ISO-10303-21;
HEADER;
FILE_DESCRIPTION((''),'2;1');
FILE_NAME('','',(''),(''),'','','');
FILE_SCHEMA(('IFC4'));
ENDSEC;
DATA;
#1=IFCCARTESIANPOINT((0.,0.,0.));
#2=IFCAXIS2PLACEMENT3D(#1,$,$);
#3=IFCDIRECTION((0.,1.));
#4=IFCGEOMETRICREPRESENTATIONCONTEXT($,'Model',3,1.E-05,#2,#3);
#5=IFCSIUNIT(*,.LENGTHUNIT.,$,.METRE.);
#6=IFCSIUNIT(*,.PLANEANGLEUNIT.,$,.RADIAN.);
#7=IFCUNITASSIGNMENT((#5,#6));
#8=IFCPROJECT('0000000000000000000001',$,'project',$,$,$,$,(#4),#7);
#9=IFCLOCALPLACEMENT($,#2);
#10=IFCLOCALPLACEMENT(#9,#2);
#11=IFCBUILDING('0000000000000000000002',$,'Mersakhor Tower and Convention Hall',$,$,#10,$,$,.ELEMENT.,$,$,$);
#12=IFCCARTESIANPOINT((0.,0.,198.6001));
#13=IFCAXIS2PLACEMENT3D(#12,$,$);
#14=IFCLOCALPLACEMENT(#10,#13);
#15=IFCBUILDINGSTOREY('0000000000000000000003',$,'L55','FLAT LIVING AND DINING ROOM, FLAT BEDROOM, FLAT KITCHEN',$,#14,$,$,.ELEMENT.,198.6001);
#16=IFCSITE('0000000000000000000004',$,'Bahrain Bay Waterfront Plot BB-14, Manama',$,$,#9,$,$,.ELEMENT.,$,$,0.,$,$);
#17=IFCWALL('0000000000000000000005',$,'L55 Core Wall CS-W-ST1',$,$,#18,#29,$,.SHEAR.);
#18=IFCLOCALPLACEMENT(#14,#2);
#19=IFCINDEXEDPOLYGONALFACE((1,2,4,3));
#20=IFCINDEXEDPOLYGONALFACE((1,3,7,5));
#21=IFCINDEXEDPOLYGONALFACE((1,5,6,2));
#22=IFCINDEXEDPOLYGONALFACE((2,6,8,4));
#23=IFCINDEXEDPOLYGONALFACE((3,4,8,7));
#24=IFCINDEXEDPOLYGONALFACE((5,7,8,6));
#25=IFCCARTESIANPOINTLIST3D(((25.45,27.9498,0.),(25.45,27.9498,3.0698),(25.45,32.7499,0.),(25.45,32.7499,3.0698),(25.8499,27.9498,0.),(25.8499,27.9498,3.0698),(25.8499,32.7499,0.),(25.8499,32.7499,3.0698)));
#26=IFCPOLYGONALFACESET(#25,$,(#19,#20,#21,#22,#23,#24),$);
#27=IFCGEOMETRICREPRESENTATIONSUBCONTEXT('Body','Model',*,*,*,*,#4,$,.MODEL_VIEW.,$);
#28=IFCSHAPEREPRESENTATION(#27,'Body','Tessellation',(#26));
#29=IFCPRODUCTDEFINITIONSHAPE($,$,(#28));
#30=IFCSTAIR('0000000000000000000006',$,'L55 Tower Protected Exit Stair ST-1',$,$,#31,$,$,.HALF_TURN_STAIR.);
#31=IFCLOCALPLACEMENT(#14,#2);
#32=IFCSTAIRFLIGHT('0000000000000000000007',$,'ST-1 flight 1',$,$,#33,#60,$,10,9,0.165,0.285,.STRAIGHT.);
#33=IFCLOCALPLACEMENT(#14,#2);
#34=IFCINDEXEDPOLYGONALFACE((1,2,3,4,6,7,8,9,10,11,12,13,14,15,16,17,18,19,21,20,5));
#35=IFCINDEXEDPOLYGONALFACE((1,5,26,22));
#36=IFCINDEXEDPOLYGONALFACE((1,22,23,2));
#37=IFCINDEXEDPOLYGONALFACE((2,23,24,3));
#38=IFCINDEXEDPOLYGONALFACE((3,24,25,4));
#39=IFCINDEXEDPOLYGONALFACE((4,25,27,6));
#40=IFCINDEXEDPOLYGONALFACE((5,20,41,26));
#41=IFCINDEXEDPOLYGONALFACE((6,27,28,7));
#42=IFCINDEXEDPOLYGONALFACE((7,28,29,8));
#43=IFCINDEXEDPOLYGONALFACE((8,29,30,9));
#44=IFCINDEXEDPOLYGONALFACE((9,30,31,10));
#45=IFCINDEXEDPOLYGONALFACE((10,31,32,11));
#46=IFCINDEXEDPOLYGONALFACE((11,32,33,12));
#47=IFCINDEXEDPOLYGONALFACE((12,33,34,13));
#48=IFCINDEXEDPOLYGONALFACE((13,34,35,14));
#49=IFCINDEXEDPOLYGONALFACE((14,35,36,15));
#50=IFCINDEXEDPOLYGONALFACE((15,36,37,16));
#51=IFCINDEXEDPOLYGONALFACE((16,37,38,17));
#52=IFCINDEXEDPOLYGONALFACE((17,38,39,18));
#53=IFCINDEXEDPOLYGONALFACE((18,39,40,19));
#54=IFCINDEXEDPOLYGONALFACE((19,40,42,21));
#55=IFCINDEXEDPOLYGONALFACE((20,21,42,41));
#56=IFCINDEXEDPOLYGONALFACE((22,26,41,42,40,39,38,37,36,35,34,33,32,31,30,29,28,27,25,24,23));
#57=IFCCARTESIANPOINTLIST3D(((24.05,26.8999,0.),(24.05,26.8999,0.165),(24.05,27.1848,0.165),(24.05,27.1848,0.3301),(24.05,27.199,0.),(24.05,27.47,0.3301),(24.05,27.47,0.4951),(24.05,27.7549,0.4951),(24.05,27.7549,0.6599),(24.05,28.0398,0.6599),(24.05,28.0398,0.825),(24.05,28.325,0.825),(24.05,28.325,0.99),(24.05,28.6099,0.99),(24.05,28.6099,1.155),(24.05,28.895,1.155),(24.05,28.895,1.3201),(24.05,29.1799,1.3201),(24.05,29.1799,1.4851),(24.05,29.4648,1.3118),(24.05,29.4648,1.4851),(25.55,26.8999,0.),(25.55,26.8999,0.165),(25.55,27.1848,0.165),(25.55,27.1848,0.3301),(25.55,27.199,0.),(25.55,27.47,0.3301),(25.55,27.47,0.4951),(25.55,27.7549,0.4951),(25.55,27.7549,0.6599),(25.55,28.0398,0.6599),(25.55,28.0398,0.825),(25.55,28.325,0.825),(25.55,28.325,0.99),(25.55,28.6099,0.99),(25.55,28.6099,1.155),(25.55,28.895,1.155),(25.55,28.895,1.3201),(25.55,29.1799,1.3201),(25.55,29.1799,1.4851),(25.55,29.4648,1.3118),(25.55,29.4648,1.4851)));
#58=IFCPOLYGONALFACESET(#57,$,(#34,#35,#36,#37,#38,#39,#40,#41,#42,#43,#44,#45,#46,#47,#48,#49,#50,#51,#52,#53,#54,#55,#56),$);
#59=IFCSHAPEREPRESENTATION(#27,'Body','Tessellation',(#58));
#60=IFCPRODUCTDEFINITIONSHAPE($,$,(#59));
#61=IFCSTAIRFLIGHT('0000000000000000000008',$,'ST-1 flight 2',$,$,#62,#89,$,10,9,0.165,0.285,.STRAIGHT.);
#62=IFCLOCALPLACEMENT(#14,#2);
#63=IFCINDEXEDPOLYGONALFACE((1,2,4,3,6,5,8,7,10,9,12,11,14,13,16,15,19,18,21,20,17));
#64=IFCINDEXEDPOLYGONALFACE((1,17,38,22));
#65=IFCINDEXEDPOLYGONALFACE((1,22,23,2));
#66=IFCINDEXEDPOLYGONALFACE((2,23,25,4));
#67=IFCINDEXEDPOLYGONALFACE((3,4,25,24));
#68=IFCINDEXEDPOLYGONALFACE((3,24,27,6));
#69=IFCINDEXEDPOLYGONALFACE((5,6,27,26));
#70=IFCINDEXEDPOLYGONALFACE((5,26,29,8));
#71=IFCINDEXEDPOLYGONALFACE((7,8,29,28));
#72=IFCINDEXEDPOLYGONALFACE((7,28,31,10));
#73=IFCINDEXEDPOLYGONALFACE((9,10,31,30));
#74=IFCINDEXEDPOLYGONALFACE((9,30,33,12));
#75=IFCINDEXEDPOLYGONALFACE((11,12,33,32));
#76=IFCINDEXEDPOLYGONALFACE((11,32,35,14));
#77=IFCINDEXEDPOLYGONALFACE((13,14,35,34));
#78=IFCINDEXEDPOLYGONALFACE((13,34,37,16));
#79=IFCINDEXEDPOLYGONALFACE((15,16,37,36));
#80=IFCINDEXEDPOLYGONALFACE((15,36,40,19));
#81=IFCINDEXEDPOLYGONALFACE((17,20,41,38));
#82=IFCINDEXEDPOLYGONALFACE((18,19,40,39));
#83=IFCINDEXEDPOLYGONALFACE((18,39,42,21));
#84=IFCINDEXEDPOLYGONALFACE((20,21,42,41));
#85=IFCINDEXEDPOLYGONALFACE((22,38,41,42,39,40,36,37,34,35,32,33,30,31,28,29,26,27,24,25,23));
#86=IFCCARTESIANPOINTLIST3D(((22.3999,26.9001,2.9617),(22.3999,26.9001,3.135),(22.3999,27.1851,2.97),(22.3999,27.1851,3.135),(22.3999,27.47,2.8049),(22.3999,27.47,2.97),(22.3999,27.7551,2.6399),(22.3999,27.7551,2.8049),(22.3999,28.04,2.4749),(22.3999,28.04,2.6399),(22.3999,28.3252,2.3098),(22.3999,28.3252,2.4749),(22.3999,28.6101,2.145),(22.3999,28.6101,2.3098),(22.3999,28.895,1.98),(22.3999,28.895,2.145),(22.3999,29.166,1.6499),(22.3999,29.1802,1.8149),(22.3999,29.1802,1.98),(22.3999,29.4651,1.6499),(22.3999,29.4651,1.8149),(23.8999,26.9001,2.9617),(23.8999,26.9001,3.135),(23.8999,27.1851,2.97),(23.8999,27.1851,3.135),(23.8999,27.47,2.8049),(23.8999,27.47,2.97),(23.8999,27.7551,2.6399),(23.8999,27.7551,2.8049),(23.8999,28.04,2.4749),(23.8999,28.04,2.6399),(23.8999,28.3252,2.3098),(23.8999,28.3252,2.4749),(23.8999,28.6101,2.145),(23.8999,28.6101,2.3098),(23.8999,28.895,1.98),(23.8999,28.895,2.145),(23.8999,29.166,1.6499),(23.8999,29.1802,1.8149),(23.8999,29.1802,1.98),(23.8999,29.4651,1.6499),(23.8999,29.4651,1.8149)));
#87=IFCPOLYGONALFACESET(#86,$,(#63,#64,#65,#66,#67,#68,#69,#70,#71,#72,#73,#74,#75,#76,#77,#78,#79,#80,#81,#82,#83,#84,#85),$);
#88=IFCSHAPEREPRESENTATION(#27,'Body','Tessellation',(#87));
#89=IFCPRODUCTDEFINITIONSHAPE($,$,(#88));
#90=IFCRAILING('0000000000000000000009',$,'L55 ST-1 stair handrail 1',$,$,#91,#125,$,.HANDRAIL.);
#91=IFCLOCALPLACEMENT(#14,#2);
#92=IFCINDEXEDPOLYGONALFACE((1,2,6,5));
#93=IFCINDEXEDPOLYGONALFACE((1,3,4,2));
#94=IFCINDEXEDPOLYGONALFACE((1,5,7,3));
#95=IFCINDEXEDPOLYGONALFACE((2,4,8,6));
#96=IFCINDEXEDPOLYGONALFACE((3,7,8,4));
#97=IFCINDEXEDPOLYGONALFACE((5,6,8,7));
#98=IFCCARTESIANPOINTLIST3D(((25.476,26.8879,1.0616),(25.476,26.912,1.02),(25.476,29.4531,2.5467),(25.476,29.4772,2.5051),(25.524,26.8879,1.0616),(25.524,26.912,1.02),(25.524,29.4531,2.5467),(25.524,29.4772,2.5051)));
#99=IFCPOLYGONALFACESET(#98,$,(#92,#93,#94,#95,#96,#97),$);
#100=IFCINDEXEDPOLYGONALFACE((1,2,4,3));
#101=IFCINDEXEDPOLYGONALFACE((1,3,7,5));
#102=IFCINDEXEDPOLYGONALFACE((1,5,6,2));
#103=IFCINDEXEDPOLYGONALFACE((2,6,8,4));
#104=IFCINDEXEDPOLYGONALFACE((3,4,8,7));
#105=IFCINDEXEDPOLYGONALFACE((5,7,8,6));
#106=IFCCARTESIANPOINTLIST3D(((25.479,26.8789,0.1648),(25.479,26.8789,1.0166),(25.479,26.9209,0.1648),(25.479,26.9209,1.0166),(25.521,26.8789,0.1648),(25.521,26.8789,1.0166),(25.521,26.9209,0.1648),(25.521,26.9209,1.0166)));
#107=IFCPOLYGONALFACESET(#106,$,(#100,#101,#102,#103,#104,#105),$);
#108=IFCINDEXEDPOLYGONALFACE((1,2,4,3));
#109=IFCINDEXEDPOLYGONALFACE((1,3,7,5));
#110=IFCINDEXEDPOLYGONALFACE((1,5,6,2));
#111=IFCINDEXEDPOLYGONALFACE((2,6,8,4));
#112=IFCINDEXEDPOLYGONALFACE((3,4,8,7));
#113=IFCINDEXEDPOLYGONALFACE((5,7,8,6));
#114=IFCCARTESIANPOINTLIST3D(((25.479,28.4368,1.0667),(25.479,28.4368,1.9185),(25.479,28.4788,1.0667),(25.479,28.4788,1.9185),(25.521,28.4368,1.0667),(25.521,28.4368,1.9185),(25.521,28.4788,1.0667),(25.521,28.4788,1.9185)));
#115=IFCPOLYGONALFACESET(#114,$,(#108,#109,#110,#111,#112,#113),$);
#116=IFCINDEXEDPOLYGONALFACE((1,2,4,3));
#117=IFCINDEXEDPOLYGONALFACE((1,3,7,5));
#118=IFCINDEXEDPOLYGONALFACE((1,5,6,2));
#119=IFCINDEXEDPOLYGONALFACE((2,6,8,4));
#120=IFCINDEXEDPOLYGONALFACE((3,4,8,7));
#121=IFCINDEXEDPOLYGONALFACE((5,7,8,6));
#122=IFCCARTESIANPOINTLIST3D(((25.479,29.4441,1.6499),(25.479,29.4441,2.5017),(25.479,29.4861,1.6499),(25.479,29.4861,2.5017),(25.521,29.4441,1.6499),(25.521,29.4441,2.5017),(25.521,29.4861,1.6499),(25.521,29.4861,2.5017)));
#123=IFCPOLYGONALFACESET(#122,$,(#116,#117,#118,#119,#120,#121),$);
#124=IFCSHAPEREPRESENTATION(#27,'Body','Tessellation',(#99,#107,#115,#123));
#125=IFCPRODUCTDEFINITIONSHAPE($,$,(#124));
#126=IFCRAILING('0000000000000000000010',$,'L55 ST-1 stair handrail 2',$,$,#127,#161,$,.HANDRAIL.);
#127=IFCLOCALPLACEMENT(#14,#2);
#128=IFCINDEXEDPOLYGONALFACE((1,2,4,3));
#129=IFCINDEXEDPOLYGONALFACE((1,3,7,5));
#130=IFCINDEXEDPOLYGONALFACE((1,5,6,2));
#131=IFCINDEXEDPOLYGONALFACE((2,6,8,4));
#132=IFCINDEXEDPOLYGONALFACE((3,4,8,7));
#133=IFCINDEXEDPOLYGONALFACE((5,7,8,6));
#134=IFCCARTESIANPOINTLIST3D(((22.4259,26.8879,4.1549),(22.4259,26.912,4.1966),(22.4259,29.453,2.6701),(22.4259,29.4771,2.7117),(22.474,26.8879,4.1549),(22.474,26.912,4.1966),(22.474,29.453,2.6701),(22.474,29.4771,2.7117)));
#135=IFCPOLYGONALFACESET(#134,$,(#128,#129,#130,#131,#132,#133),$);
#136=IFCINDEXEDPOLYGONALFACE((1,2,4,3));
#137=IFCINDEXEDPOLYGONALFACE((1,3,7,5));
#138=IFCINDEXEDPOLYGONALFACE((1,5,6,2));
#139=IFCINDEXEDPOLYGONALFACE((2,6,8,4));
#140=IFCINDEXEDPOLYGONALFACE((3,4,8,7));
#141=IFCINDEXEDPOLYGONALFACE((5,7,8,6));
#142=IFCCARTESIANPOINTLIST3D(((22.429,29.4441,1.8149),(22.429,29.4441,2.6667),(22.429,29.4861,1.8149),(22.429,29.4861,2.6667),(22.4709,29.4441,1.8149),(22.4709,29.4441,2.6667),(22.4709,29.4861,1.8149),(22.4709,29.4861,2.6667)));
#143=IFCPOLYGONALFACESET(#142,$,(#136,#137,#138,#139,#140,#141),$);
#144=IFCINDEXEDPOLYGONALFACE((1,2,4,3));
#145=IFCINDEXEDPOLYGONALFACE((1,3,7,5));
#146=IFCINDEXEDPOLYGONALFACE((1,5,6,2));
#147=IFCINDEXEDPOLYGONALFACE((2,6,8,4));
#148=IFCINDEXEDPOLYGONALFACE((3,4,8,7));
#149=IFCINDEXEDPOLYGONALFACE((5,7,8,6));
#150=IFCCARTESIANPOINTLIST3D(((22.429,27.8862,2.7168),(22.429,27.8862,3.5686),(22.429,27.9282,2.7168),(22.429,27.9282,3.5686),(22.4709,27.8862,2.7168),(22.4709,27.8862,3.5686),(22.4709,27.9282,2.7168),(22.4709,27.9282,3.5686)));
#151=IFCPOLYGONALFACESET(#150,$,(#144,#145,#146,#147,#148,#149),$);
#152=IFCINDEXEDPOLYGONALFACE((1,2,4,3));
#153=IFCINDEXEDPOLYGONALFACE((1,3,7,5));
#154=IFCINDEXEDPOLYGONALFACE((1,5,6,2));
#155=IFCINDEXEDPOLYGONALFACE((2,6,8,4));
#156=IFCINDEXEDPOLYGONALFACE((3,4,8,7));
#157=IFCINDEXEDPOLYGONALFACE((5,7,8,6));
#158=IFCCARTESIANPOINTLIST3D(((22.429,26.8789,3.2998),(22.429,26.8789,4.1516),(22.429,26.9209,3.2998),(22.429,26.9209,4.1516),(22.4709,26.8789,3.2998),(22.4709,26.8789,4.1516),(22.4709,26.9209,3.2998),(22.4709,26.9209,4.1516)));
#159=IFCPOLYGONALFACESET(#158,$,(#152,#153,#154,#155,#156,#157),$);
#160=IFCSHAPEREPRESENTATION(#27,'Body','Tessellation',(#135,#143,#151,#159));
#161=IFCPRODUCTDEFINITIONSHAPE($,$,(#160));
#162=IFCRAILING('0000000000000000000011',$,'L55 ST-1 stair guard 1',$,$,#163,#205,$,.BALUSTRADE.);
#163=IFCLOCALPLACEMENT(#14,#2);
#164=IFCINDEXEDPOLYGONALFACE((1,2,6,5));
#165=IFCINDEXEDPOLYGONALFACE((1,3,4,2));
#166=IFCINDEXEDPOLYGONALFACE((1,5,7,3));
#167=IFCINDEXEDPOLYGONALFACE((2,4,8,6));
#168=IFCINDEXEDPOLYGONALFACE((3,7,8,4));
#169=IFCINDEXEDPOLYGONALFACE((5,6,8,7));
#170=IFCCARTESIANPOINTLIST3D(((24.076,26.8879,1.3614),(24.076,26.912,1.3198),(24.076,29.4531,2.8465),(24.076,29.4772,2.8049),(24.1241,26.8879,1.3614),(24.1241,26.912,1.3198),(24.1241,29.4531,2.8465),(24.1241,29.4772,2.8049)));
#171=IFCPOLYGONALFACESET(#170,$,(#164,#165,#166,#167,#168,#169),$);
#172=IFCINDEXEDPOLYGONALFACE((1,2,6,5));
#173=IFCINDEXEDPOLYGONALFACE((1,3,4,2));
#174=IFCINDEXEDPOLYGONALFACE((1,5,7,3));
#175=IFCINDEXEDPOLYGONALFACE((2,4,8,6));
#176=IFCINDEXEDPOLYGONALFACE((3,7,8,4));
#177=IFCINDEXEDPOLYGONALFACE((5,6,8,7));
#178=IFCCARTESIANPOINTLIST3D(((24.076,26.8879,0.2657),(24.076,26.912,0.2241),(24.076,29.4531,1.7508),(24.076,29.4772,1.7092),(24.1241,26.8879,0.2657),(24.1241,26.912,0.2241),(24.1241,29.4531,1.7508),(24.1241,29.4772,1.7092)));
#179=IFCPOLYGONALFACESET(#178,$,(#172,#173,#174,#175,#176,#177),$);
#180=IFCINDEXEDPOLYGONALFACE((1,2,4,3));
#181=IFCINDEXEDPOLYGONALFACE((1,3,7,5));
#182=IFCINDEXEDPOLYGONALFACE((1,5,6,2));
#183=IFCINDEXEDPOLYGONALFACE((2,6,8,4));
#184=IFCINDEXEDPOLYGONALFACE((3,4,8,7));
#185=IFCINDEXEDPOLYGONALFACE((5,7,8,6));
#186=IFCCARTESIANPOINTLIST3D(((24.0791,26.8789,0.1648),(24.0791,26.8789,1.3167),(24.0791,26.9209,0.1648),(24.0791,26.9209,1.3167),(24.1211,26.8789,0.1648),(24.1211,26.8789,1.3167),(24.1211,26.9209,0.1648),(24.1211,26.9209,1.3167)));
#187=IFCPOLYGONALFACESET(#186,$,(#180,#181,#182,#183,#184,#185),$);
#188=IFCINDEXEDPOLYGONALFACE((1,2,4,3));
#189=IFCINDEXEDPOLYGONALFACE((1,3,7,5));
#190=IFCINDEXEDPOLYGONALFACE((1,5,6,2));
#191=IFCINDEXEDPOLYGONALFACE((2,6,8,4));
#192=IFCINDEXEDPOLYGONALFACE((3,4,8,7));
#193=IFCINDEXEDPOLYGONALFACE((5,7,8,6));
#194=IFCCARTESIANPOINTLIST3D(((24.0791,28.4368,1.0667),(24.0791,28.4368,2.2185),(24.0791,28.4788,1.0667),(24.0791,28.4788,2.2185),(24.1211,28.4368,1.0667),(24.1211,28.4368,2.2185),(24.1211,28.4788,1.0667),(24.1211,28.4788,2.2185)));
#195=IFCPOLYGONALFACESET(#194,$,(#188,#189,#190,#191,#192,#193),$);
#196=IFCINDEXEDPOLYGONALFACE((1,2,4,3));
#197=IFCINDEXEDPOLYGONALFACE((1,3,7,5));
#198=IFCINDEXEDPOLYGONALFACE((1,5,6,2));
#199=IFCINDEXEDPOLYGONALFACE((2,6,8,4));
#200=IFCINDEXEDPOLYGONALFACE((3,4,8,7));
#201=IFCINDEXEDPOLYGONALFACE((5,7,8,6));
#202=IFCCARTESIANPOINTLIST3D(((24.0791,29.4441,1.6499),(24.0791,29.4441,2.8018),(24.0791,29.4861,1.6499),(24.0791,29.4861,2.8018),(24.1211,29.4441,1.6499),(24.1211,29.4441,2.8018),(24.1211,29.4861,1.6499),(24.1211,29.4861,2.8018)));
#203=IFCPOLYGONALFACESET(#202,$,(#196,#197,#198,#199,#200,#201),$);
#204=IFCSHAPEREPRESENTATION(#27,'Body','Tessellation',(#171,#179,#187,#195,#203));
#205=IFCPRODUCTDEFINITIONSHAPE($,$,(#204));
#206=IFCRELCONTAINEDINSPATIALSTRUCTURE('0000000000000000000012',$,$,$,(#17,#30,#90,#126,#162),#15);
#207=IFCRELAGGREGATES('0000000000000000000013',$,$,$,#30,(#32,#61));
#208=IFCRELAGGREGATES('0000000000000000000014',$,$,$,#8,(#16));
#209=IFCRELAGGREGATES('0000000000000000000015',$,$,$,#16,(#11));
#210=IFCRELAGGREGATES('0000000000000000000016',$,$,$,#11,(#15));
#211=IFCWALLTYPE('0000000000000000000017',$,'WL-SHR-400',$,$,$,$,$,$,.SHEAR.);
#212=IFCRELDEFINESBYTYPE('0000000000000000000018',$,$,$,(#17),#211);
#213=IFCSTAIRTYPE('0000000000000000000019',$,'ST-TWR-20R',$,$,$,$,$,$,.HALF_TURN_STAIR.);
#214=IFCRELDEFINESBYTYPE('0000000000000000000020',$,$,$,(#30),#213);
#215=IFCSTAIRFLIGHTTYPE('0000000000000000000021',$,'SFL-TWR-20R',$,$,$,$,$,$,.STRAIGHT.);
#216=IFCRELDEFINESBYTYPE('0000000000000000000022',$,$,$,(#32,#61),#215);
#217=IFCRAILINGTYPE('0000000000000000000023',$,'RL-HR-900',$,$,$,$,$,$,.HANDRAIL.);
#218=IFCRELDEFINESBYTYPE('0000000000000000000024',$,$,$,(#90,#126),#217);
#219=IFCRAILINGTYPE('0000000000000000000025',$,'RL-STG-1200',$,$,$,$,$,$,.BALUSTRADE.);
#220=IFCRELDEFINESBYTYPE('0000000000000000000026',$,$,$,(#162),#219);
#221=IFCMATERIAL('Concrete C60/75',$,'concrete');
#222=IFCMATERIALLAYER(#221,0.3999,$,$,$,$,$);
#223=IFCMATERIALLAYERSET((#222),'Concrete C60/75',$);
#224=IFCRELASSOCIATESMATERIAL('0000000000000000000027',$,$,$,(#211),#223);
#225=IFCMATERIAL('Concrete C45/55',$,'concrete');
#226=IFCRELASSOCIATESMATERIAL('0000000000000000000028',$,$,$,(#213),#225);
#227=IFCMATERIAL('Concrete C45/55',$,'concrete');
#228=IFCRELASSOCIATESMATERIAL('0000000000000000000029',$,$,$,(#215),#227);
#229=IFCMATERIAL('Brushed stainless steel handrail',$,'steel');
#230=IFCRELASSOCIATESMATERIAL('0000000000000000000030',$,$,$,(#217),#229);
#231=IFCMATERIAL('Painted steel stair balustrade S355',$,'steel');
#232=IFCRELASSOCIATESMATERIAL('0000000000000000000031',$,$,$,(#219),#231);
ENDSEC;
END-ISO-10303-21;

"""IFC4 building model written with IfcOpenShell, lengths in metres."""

from ifc_helpers import new_model, si_unit, direction, frame, frame_2d, origin, origin_2d, place, context, subcontext, project, spatial, polyline, rectangle, outline, extrude, material, layer, layer_set, type_object, element, aggregate, save


model = new_model("IFC4")

# Units and contexts
model_context = context("Model", 3, precision=1e-05, world=origin(), true_north=direction((0.0, 1.0)))
body_context = subcontext(model_context, "Body", "Model", "MODEL_VIEW")
ifc_project = project(units=[si_unit("LENGTHUNIT", "METRE"), si_unit("PLANEANGLEUNIT", "RADIAN")], contexts=[model_context])

# Site, building, storey
site_placement = place(None, origin())
site = spatial("IfcSite", under=ifc_project, at=site_placement, Name="Bahrain Bay Waterfront Plot BB-14, Manama", CompositionType="ELEMENT", RefElevation=0.0)
building_placement = place(site_placement, origin())
building = spatial("IfcBuilding", under=site, at=building_placement, Name="Mersakhor Tower and Convention Hall", CompositionType="ELEMENT")
storey_placement = place(building_placement, frame((0.0, 0.0, 198.6001)))
storey = spatial("IfcBuildingStorey", under=building, at=storey_placement, Name="L55", Description="FLAT LIVING AND DINING ROOM, FLAT BEDROOM, FLAT KITCHEN", CompositionType="ELEMENT", Elevation=198.6001)

# Shared definitions
ifc_material_1 = material(Name="Concrete C60/75", Category="concrete")
ifc_layer_1 = layer(ifc_material_1, 0.3999)
ifc_layer_set_1 = layer_set([ifc_layer_1], Name="Concrete C60/75")
wall_type_1 = type_object("IfcWallType", Name="WL-SHR-400", PredefinedType="SHEAR", material=ifc_layer_set_1)

# Wall
wall_1_placement = place(storey_placement, frame((25.6499, 27.95, 0.0), z_axis=(0.0, 0.0, 1.0), x_axis=(0.0, 1.0, 0.0)))
element("IfcWall", 1, at=wall_1_placement, inside=storey, type_object=wall_type_1, Name="L55 Core Wall CS-W-ST1", PredefinedType="SHEAR", context=body_context, shape_type="SweptSolid", body=[
    extrude(rectangle(XDim=4.8, YDim=0.3999, at=frame_2d((2.3999, 0.0))), origin(), (0.0, 0.0, 1.0), 3.0698),
])

# Stair, stair flights
ifc_material_2 = material(Name="Concrete C45/55", Category="concrete")
stair_type = type_object("IfcStairType", Name="ST-TWR-20R", PredefinedType="HALF_TURN_STAIR", material=ifc_material_2)
stair_placement = place(storey_placement, origin())
stair = element("IfcStair", 2, at=stair_placement, inside=storey, type_object=stair_type, Name="L55 Tower Protected Exit Stair ST-1", PredefinedType="HALF_TURN_STAIR")
ifc_material_3 = material(Name="Concrete C45/55", Category="concrete")
stair_flight_type = type_object("IfcStairFlightType", Name="SFL-TWR-20R", PredefinedType="STRAIGHT", material=ifc_material_3)
stair_flight_1_placement = place(storey_placement, frame((24.8, 26.8999, 0.0), z_axis=(0.0, 0.0, 1.0), x_axis=(0.0, 1.0, 0.0)))
stair_flight_1 = element("IfcStairFlight", 3, at=stair_flight_1_placement, type_object=stair_flight_type, Name="ST-1 flight 1", NumberOfRisers=10, NumberOfTreads=9, PredefinedType="STRAIGHT", RiserHeight=0.165, TreadLength=0.285, context=body_context, shape_type="SweptSolid", body=[
    extrude(outline(polyline([(0.0, 0.0), (0.0, 0.165), (0.2849, 0.165), (0.2849, 0.3301), (0.5701, 0.3301), (0.5701, 0.4951), (0.855, 0.4951), (0.855, 0.6599), (1.1399, 0.6599), (1.1399, 0.825), (1.425, 0.825), (1.425, 0.99), (1.71, 0.99), (1.71, 1.155), (1.9951, 1.155), (1.9951, 1.3201), (2.28, 1.3201), (2.28, 1.4851), (2.5649, 1.4851), (2.5649, 1.6499), (2.5649, 1.3118), (0.2991, 0.0), (0.0, 0.0)])), frame((0.0, 0.75, 0.0), z_axis=(0.0, -1.0, 0.0), x_axis=(1.0, 0.0, 0.0)), (0.0, 0.0, 1.0), 1.5),
])
stair_flight_2_placement = place(storey_placement, frame((23.1499, 29.4651, 1.6499), z_axis=(0.0, 0.0, 1.0), x_axis=(0.0, -1.0, 0.0)))
stair_flight_2 = element("IfcStairFlight", 4, at=stair_flight_2_placement, type_object=stair_flight_type, Name="ST-1 flight 2", NumberOfRisers=10, NumberOfTreads=9, PredefinedType="STRAIGHT", RiserHeight=0.165, TreadLength=0.285, context=body_context, shape_type="SweptSolid", body=[
    extrude(outline(polyline([(0.0, 0.0), (0.0, 0.165), (0.2849, 0.165), (0.2849, 0.3301), (0.5701, 0.3301), (0.5701, 0.4951), (0.855, 0.4951), (0.855, 0.6599), (1.1399, 0.6599), (1.1399, 0.825), (1.425, 0.825), (1.425, 0.99), (1.71, 0.99), (1.71, 1.155), (1.9951, 1.155), (1.9951, 1.3201), (2.28, 1.3201), (2.28, 1.4851), (2.5649, 1.4851), (2.5649, 1.6499), (2.5649, 1.3118), (0.2991, 0.0), (0.0, 0.0)])), frame((0.0, 0.75, 0.0), z_axis=(0.0, -1.0, 0.0), x_axis=(1.0, 0.0, 0.0)), (0.0, 0.0, 1.0), 1.5),
])
aggregate(stair, [stair_flight_1, stair_flight_2])

# Railings
ifc_material_4 = material(Name="Brushed stainless steel handrail", Category="steel")
railing_type_1 = type_object("IfcRailingType", Name="RL-HR-900", PredefinedType="HANDRAIL", material=ifc_material_4)
railing_1_placement = place(storey_placement, frame((25.5, 26.8999, 0.1648)))
element("IfcRailing", 5, at=railing_1_placement, inside=storey, type_object=railing_type_1, Name="L55 ST-1 stair handrail 1", PredefinedType="HANDRAIL", context=body_context, shape_type="SweptSolid", body=[
    extrude(rectangle(XDim=0.0481, YDim=0.0481, at=origin_2d()), frame((0.0, 0.0, 0.876), z_axis=(0.0, 0.865426, 0.501036), x_axis=(-1.0, 0.0, 0.0)), (0.0, 0.0, 1.0), 2.9641),
    extrude(rectangle(XDim=0.042, YDim=0.042, at=origin_2d()), origin(), (0.0, 0.0, 1.0), 0.8518),
    extrude(rectangle(XDim=0.042, YDim=0.042, at=origin_2d()), frame((0.0, 1.5579, 0.9019)), (0.0, 0.0, 1.0), 0.8518),
    extrude(rectangle(XDim=0.042, YDim=0.042, at=origin_2d()), frame((0.0, 2.5652, 1.4851)), (0.0, 0.0, 1.0), 0.8518),
])
railing_2_placement = place(storey_placement, frame((22.45, 29.4651, 1.8149)))
element("IfcRailing", 6, at=railing_2_placement, inside=storey, type_object=railing_type_1, Name="L55 ST-1 stair handrail 2", PredefinedType="HANDRAIL", context=body_context, shape_type="SweptSolid", body=[
    extrude(rectangle(XDim=0.0481, YDim=0.0481, at=origin_2d()), frame((0.0, 0.0, 0.876), z_axis=(0.0, -0.865462, 0.500975), x_axis=(1.0, 0.0, 0.0)), (0.0, 0.0, 1.0), 2.9639),
    extrude(rectangle(XDim=0.042, YDim=0.042, at=origin_2d()), origin(), (0.0, 0.0, 1.0), 0.8518),
    extrude(rectangle(XDim=0.042, YDim=0.042, at=origin_2d()), frame((0.0, -1.5579, 0.9019)), (0.0, 0.0, 1.0), 0.8518),
    extrude(rectangle(XDim=0.042, YDim=0.042, at=origin_2d()), frame((0.0, -2.5652, 1.4849)), (0.0, 0.0, 1.0), 0.8518),
])
ifc_material_5 = material(Name="Painted steel stair balustrade S355", Category="steel")
railing_type_2 = type_object("IfcRailingType", Name="RL-STG-1200", PredefinedType="BALUSTRADE", material=ifc_material_5)
railing_3_placement = place(storey_placement, frame((24.1001, 26.8999, 0.1648)))
element("IfcRailing", 7, at=railing_3_placement, inside=storey, type_object=railing_type_2, Name="L55 ST-1 stair guard 1", PredefinedType="BALUSTRADE", context=body_context, shape_type="SweptSolid", body=[
    extrude(rectangle(XDim=0.0481, YDim=0.0481, at=origin_2d()), frame((0.0, 0.0, 1.1758), z_axis=(0.0, 0.865426, 0.501036), x_axis=(-1.0, 0.0, 0.0)), (0.0, 0.0, 1.0), 2.9641),
    extrude(rectangle(XDim=0.0481, YDim=0.0481, at=origin_2d()), frame((0.0, 0.0, 0.0801), z_axis=(0.0, 0.865426, 0.501036), x_axis=(-1.0, 0.0, 0.0)), (0.0, 0.0, 1.0), 2.9641),
    extrude(rectangle(XDim=0.042, YDim=0.042, at=origin_2d()), origin(), (0.0, 0.0, 1.0), 1.1519),
    extrude(rectangle(XDim=0.042, YDim=0.042, at=origin_2d()), frame((0.0, 1.5579, 0.9019)), (0.0, 0.0, 1.0), 1.1519),
    extrude(rectangle(XDim=0.042, YDim=0.042, at=origin_2d()), frame((0.0, 2.5652, 1.4851)), (0.0, 0.0, 1.0), 1.1519),
])

save(model, "model.ifc")
